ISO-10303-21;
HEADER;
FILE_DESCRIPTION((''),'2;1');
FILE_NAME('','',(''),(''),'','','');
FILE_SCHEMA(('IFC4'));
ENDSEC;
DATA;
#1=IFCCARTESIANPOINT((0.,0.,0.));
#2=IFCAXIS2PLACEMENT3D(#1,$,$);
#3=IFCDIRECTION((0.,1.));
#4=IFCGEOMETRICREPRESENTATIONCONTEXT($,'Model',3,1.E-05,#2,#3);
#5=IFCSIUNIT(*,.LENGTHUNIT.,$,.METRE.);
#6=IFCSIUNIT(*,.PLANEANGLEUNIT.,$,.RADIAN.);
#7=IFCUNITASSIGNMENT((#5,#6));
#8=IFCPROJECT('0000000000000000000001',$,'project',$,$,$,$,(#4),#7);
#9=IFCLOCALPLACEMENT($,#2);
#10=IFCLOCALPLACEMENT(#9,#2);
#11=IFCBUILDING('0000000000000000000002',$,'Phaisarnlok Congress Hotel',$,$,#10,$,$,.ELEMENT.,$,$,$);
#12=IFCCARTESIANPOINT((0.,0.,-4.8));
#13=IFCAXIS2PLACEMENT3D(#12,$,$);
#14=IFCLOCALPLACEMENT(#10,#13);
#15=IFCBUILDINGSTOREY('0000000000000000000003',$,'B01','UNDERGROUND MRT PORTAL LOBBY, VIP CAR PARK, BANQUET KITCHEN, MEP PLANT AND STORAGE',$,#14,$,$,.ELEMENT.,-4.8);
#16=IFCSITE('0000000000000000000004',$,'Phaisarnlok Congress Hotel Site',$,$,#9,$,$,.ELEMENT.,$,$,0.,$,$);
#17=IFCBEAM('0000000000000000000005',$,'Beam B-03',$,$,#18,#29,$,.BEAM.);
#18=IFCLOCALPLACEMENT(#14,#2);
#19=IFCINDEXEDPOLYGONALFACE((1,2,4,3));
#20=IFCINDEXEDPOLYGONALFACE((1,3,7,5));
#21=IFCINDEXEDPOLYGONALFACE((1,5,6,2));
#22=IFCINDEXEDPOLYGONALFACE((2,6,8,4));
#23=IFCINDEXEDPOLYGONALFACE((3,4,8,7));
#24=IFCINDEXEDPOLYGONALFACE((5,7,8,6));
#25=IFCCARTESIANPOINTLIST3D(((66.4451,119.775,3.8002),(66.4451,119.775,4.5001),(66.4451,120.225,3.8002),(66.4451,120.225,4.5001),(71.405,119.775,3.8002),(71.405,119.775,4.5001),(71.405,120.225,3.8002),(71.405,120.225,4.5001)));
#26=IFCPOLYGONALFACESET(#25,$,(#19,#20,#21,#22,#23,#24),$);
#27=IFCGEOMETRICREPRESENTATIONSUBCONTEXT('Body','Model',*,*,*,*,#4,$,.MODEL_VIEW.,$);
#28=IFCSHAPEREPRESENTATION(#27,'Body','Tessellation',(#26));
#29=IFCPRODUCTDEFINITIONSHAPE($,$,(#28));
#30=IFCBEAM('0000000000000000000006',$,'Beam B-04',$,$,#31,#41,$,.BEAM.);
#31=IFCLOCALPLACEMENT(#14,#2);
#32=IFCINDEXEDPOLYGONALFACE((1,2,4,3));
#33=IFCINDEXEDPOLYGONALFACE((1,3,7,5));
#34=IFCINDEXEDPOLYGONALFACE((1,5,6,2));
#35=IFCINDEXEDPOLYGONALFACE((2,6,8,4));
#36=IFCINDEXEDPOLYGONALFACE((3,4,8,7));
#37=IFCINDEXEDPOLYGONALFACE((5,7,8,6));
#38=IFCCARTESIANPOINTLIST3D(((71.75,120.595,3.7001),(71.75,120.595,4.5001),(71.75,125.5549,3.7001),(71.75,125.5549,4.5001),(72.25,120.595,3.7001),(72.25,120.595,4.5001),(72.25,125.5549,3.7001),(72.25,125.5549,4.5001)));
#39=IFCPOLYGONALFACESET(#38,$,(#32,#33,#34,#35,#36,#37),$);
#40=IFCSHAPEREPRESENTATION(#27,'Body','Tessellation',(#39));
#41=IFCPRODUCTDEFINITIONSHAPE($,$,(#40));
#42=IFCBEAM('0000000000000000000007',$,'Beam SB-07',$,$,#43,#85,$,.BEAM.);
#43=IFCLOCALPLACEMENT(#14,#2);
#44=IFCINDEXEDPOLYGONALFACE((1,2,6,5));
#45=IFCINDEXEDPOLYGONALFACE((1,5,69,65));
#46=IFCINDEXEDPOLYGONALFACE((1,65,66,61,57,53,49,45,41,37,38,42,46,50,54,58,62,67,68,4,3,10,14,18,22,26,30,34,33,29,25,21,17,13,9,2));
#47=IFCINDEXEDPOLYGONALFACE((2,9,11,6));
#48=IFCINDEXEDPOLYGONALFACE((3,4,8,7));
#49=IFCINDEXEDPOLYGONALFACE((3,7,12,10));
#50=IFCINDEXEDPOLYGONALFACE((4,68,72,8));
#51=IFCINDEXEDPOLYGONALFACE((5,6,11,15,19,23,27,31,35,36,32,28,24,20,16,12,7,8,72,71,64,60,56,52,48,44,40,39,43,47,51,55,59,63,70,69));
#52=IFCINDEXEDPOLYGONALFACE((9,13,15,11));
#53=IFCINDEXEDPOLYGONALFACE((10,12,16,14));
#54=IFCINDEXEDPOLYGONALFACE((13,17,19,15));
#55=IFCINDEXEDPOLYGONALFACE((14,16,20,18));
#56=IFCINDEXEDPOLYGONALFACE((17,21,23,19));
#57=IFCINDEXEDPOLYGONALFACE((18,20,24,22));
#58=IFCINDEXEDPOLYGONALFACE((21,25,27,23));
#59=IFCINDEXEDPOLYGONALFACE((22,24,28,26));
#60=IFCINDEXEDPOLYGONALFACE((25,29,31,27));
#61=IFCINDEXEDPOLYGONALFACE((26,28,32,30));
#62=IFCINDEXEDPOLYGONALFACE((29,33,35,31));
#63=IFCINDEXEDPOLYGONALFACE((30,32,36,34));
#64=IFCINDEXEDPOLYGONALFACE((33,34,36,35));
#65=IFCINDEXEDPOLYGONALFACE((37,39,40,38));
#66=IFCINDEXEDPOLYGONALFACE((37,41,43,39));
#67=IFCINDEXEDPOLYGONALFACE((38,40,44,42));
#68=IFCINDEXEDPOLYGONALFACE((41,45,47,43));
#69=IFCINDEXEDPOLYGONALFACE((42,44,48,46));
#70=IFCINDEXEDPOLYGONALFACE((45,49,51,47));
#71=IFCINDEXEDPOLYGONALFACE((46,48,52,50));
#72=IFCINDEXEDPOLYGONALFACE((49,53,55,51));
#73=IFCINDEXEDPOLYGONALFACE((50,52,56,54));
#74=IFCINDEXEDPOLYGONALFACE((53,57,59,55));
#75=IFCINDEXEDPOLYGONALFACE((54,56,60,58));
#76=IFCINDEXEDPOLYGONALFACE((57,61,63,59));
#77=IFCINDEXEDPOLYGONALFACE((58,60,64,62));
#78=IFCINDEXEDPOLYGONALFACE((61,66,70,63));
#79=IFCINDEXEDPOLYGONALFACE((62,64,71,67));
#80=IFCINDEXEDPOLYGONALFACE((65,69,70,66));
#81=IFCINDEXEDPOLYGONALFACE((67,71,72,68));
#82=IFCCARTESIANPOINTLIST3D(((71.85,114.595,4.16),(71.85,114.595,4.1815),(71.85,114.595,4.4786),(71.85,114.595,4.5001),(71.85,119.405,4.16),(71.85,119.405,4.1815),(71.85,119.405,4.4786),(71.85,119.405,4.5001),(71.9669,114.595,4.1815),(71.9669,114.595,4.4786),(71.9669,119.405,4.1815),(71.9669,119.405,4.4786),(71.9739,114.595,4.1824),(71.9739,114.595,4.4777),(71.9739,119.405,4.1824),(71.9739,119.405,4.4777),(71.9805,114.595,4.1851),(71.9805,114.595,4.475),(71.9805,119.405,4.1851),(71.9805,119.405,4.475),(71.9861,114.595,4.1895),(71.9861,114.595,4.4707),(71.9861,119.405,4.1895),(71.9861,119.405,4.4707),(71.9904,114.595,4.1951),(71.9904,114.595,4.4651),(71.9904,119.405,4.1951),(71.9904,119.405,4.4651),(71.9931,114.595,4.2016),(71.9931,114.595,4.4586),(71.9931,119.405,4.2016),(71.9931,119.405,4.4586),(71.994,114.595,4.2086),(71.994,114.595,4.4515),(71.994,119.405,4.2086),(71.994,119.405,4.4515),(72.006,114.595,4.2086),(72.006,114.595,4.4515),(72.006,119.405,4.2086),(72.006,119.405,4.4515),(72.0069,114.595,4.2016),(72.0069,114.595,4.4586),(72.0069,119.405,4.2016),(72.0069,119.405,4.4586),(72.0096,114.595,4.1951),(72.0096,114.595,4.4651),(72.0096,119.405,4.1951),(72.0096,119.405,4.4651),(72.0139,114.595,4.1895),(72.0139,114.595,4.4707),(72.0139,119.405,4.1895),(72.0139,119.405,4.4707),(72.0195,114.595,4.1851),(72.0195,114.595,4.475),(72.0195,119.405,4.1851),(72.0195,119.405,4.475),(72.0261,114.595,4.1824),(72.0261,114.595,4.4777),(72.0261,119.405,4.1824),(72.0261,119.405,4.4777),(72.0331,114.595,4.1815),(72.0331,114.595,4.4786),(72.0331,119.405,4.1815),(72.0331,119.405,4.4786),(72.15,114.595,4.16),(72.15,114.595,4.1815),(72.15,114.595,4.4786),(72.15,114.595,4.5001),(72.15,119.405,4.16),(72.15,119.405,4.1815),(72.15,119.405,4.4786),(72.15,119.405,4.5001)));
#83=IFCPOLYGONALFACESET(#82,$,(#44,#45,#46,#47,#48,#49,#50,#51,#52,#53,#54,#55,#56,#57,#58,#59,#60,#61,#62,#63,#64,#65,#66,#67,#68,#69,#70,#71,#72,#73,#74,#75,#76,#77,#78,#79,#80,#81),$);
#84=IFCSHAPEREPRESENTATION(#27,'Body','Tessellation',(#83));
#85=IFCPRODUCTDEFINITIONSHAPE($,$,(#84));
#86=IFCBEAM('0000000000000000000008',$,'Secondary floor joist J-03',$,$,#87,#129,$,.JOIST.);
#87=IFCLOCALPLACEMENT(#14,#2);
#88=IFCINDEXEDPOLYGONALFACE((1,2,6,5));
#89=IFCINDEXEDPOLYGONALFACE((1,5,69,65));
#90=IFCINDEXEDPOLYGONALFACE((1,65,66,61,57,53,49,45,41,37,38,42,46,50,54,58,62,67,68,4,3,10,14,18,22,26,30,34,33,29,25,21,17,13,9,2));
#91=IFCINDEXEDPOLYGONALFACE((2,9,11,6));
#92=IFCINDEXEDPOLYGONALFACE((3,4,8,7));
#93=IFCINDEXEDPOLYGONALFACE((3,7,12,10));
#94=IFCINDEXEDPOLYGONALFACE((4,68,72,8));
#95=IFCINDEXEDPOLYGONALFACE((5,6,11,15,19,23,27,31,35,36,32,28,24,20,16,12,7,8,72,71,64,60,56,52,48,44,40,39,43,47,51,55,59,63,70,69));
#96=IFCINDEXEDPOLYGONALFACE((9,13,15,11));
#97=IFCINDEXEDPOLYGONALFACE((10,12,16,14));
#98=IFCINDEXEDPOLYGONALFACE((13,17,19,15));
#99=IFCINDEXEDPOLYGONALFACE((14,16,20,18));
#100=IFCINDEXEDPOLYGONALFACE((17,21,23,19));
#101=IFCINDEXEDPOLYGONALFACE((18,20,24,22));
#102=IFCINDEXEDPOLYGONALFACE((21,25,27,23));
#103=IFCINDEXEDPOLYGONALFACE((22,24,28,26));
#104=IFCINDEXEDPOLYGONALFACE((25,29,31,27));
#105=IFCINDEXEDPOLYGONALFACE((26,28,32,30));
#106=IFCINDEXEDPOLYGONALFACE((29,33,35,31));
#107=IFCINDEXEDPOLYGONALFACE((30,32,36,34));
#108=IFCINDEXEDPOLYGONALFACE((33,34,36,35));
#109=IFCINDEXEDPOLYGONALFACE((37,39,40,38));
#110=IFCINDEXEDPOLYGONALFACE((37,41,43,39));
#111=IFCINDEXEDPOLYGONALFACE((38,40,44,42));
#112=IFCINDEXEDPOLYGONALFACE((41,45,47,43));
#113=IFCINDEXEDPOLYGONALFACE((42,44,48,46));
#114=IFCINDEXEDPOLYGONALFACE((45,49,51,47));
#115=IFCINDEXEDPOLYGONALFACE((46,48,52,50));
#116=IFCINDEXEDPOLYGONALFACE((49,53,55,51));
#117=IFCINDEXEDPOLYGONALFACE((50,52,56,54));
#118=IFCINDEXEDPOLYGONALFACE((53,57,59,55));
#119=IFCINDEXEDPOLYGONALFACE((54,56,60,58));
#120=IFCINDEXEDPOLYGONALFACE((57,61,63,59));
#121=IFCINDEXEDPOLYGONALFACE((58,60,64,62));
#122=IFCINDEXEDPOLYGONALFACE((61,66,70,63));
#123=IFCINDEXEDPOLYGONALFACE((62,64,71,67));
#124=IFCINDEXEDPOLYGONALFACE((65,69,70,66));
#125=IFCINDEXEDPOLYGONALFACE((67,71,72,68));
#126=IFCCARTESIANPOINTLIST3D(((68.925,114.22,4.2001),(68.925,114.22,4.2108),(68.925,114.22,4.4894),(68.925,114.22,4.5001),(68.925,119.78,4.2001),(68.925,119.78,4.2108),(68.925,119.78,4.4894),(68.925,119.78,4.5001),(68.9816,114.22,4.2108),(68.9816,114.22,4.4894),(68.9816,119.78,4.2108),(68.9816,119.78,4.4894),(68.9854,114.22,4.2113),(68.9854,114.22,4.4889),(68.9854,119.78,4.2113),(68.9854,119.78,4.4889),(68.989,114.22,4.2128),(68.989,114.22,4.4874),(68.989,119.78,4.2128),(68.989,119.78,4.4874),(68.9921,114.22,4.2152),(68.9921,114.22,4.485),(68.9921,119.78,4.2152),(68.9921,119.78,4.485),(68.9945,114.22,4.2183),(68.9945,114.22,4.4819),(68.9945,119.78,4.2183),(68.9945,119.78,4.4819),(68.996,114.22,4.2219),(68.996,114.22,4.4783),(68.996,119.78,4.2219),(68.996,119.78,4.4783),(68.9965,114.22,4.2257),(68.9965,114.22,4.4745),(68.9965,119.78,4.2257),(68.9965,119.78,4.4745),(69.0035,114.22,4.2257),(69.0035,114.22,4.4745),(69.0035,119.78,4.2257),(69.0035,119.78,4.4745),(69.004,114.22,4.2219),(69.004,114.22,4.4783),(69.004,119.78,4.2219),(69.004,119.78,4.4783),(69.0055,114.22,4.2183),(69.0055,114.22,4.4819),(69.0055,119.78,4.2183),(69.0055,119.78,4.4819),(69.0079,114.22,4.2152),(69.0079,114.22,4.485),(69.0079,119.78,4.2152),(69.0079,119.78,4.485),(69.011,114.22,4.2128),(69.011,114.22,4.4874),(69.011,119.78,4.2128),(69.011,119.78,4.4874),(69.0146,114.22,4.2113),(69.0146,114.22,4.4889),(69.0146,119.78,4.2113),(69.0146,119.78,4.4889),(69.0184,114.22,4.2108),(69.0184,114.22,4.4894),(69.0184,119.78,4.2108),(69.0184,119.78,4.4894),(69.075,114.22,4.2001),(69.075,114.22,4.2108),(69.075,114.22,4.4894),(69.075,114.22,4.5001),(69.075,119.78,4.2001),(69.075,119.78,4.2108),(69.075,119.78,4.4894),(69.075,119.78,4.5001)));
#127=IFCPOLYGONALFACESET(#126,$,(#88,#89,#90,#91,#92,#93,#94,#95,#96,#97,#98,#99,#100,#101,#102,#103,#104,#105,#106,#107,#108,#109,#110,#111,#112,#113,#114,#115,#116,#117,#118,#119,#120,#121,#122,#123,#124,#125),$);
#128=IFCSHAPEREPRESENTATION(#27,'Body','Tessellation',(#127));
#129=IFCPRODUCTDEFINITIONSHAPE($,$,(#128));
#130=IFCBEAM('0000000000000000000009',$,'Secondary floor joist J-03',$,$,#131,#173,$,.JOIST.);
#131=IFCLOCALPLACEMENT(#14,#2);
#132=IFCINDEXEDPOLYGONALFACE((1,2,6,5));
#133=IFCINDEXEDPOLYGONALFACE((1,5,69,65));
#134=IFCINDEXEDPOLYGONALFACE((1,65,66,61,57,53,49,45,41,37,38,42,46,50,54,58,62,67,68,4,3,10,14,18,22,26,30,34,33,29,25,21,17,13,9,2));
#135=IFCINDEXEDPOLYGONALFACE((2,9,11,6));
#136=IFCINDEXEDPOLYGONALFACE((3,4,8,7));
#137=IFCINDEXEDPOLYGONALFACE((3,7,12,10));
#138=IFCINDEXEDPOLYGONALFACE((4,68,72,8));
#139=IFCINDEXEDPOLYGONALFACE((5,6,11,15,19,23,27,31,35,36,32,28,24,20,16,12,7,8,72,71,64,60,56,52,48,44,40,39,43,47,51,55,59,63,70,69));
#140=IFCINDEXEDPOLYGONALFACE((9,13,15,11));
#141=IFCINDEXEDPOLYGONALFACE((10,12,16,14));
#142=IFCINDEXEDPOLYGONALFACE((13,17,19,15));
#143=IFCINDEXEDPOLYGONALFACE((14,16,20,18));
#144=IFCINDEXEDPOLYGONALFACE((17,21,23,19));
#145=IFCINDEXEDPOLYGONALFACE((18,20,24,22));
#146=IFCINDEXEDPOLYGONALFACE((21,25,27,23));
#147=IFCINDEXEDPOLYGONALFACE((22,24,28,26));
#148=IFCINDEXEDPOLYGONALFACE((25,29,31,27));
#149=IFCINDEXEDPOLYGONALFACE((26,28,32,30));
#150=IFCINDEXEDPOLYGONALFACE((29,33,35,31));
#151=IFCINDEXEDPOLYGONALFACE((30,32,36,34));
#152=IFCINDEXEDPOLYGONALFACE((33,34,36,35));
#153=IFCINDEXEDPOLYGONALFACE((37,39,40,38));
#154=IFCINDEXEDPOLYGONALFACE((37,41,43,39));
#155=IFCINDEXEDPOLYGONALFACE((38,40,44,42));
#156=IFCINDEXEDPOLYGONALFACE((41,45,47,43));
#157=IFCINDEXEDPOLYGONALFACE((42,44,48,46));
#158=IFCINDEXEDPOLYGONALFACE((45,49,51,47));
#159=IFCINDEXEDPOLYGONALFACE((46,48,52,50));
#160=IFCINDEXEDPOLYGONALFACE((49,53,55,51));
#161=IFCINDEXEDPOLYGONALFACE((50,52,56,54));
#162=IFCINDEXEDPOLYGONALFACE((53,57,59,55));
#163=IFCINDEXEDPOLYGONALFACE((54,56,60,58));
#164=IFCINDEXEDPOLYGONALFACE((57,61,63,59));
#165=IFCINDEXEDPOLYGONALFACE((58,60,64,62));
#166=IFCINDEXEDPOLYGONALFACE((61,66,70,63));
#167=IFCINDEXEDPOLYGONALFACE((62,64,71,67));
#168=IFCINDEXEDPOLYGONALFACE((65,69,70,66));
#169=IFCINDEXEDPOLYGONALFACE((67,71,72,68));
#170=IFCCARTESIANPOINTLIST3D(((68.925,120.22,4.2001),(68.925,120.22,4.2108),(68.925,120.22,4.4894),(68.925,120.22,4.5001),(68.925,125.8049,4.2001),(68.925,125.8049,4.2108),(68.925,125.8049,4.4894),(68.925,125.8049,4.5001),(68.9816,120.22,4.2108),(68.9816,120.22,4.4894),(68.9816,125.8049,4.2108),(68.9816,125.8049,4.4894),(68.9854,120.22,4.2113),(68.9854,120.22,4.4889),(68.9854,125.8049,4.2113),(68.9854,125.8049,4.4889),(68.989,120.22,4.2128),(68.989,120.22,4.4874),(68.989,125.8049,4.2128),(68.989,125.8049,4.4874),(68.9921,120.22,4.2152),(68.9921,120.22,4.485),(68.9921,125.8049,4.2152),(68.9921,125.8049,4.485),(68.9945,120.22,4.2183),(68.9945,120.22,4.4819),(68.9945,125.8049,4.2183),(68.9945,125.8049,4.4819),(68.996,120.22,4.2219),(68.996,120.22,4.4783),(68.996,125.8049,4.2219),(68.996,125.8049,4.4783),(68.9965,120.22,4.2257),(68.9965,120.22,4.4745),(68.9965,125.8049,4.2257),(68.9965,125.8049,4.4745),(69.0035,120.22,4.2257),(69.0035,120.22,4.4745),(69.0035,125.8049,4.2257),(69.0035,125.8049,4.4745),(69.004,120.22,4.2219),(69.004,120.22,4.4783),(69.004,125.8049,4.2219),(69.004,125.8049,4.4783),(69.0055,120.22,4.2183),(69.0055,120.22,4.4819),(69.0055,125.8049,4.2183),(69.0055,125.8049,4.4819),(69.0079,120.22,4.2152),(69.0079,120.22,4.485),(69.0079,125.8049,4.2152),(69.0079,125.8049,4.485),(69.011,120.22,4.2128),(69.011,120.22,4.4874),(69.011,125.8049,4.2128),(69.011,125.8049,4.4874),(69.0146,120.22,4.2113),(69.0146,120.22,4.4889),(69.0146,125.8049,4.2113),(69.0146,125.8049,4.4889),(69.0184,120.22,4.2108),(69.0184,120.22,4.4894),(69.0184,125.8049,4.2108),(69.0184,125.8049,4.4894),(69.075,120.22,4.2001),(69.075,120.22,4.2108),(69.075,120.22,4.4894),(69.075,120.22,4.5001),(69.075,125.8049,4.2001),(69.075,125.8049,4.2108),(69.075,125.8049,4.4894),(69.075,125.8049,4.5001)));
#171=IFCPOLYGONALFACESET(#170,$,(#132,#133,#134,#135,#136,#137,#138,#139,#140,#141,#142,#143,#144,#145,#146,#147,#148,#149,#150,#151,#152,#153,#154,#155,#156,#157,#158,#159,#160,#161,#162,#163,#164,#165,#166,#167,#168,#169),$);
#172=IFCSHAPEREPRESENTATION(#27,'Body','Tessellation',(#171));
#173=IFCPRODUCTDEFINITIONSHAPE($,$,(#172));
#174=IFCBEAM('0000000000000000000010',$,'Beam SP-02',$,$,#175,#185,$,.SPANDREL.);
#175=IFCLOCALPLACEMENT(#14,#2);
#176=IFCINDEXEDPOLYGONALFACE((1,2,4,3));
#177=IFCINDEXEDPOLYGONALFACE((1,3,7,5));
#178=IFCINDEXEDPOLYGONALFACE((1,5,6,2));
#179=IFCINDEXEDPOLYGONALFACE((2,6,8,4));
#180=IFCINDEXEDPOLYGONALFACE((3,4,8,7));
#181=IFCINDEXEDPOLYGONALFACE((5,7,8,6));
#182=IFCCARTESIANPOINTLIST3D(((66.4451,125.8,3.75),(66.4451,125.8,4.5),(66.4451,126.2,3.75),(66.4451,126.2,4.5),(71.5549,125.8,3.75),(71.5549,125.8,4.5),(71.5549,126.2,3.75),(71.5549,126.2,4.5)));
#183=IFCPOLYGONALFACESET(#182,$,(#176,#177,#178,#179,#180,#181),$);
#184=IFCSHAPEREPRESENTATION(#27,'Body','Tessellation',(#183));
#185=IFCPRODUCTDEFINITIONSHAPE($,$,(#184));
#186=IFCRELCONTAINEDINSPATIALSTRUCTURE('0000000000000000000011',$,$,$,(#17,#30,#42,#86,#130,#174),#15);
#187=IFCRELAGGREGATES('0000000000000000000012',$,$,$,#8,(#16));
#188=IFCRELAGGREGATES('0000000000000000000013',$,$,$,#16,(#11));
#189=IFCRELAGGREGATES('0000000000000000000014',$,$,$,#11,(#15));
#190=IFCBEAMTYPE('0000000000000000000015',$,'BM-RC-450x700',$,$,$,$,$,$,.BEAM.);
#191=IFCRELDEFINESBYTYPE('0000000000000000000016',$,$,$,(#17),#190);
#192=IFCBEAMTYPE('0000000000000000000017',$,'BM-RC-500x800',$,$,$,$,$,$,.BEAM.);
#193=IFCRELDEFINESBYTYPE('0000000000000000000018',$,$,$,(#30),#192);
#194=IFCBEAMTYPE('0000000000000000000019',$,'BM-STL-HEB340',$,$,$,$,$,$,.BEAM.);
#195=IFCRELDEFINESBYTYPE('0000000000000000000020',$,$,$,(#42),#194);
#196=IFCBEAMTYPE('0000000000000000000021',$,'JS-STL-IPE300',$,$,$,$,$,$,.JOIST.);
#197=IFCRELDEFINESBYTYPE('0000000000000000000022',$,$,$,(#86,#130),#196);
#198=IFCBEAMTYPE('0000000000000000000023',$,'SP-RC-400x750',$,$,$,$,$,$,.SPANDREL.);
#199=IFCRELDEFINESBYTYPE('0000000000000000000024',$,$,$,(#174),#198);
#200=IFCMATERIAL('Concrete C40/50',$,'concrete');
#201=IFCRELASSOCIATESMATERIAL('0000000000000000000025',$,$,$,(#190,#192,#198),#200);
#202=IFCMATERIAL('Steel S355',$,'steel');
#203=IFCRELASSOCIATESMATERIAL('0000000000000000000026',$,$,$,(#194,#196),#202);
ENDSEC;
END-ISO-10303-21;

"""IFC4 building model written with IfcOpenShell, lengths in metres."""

from ifc_helpers import new_model, si_unit, direction, frame, origin, origin_2d, place, context, subcontext, project, spatial, rectangle, i_section, extrude, material, material_profile, profile_set, type_object, element, save


model = new_model("IFC4")

# Units and contexts
model_context = context("Model", 3, precision=1e-05, world=origin(), true_north=direction((0.0, 1.0)))
body_context = subcontext(model_context, "Body", "Model", "MODEL_VIEW")
ifc_project = project(units=[si_unit("LENGTHUNIT", "METRE"), si_unit("PLANEANGLEUNIT", "RADIAN")], contexts=[model_context])

# Site, building, storey
site_placement = place(None, origin())
site = spatial("IfcSite", under=ifc_project, at=site_placement, Name="Phaisarnlok Congress Hotel Site", CompositionType="ELEMENT", RefElevation=0.0)
building_placement = place(site_placement, origin())
building = spatial("IfcBuilding", under=site, at=building_placement, Name="Phaisarnlok Congress Hotel", CompositionType="ELEMENT")
storey_placement = place(building_placement, frame((0.0, 0.0, -4.8)))
storey = spatial("IfcBuildingStorey", under=building, at=storey_placement, Name="B01", Description="UNDERGROUND MRT PORTAL LOBBY, VIP CAR PARK, BANQUET KITCHEN, MEP PLANT AND STORAGE", CompositionType="ELEMENT", Elevation=-4.8)

# Shared definitions
ifc_material_1 = material(Name="Concrete C40/50", Category="concrete")

# Beams
ifc_material_profile_1 = material_profile(ifc_material_1, rectangle(XDim=0.45, YDim=0.7, at=origin_2d()), Name="RC 450x700")
ifc_profile_set_1 = profile_set([ifc_material_profile_1], Name="Concrete C40/50")
beam_type_1 = type_object("IfcBeamType", Name="BM-RC-450x700", PredefinedType="BEAM", material=ifc_profile_set_1)
beam_1_placement = place(storey_placement, frame((66.4451, 120.0, 4.1501), z_axis=(1.0, 0.0, 0.0), x_axis=(0.0, 1.0, 0.0)))
element("IfcBeam", 1, at=beam_1_placement, inside=storey, type_object=beam_type_1, Name="Beam B-03", PredefinedType="BEAM", context=body_context, shape_type="SweptSolid", body=[
    extrude(rectangle(XDim=0.45, YDim=0.7, at=origin_2d()), origin(), (0.0, 0.0, 1.0), 4.96),
])
ifc_material_profile_2 = material_profile(ifc_material_1, rectangle(XDim=0.5, YDim=0.8, at=origin_2d()), Name="RC 500x800")
ifc_profile_set_2 = profile_set([ifc_material_profile_2], Name="Concrete C40/50")
beam_type_2 = type_object("IfcBeamType", Name="BM-RC-500x800", PredefinedType="BEAM", material=ifc_profile_set_2)
beam_2_placement = place(storey_placement, frame((72.0, 120.595, 4.1001), z_axis=(0.0, 1.0, 0.0), x_axis=(-1.0, 0.0, 0.0)))
element("IfcBeam", 2, at=beam_2_placement, inside=storey, type_object=beam_type_2, Name="Beam B-04", PredefinedType="BEAM", context=body_context, shape_type="SweptSolid", body=[
    extrude(rectangle(XDim=0.5, YDim=0.8, at=origin_2d()), origin(), (0.0, 0.0, 1.0), 4.96),
])
ifc_material_2 = material(Name="Steel S355", Category="steel")
ifc_material_profile_3 = material_profile(ifc_material_2, i_section(OverallWidth=0.3, OverallDepth=0.3401, WebThickness=0.012, FlangeThickness=0.0215, FilletRadius=0.0271, at=origin_2d()), Name="HEB 340")
ifc_profile_set_3 = profile_set([ifc_material_profile_3], Name="Steel S355")
beam_type_3 = type_object("IfcBeamType", Name="BM-STL-HEB340", PredefinedType="BEAM", material=ifc_profile_set_3)
beam_3_placement = place(storey_placement, frame((72.0, 114.595, 4.3301), z_axis=(0.0, 1.0, 0.0), x_axis=(-1.0, 0.0, 0.0)))
element("IfcBeam", 3, at=beam_3_placement, inside=storey, type_object=beam_type_3, Name="Beam SB-07", PredefinedType="BEAM", context=body_context, shape_type="SweptSolid", body=[
    extrude(i_section(OverallWidth=0.3, OverallDepth=0.3401, WebThickness=0.012, FlangeThickness=0.0215, FilletRadius=0.0271, at=origin_2d()), origin(), (0.0, 0.0, 1.0), 4.8101),
])
ifc_material_profile_4 = material_profile(ifc_material_2, i_section(OverallWidth=0.1499, OverallDepth=0.3, WebThickness=0.0071, FlangeThickness=0.0107, FilletRadius=0.0149, at=origin_2d()), Name="IPE 300")
ifc_profile_set_4 = profile_set([ifc_material_profile_4], Name="Steel S355")
beam_type_4 = type_object("IfcBeamType", Name="JS-STL-IPE300", PredefinedType="JOIST", material=ifc_profile_set_4)
beam_4_placement = place(storey_placement, frame((69.0, 114.22, 4.3501), z_axis=(0.0, 1.0, 0.0), x_axis=(-1.0, 0.0, 0.0)))
element("IfcBeam", 4, at=beam_4_placement, inside=storey, type_object=beam_type_4, Name="Secondary floor joist J-03", PredefinedType="JOIST", context=body_context, shape_type="SweptSolid", body=[
    extrude(i_section(OverallWidth=0.1499, OverallDepth=0.3, WebThickness=0.0071, FlangeThickness=0.0107, FilletRadius=0.0149, at=origin_2d()), origin(), (0.0, 0.0, 1.0), 5.5601),
])
beam_5_placement = place(storey_placement, frame((69.0, 120.22, 4.3501), z_axis=(0.0, 1.0, 0.0), x_axis=(-1.0, 0.0, 0.0)))
element("IfcBeam", 5, at=beam_5_placement, inside=storey, type_object=beam_type_4, Name="Secondary floor joist J-03", PredefinedType="JOIST", context=body_context, shape_type="SweptSolid", body=[
    extrude(i_section(OverallWidth=0.1499, OverallDepth=0.3, WebThickness=0.0071, FlangeThickness=0.0107, FilletRadius=0.0149, at=origin_2d()), origin(), (0.0, 0.0, 1.0), 5.585),
])
ifc_material_profile_5 = material_profile(ifc_material_1, rectangle(XDim=0.3999, YDim=0.75, at=origin_2d()), Name="RC 400x750")
ifc_profile_set_5 = profile_set([ifc_material_profile_5], Name="Concrete C40/50")
beam_type_5 = type_object("IfcBeamType", Name="SP-RC-400x750", PredefinedType="SPANDREL", material=ifc_profile_set_5)
for number, where, z_axis, x_axis, name in (
    (6, (66.4451, 126.0, 4.125), (1.0, 0.0, 0.0), (0.0, 1.0, 0.0), "Beam SP-02"),
):
    element("IfcBeam", number, at=place(storey_placement, frame(where, z_axis=z_axis, x_axis=x_axis)), inside=storey, type_object=beam_type_5, Name=name, PredefinedType="SPANDREL", context=body_context, shape_type="SweptSolid", body=[
        extrude(rectangle(XDim=0.3999, YDim=0.75, at=origin_2d()), origin(), (0.0, 0.0, 1.0), 5.1099),
    ])

save(model, "model.ifc")
